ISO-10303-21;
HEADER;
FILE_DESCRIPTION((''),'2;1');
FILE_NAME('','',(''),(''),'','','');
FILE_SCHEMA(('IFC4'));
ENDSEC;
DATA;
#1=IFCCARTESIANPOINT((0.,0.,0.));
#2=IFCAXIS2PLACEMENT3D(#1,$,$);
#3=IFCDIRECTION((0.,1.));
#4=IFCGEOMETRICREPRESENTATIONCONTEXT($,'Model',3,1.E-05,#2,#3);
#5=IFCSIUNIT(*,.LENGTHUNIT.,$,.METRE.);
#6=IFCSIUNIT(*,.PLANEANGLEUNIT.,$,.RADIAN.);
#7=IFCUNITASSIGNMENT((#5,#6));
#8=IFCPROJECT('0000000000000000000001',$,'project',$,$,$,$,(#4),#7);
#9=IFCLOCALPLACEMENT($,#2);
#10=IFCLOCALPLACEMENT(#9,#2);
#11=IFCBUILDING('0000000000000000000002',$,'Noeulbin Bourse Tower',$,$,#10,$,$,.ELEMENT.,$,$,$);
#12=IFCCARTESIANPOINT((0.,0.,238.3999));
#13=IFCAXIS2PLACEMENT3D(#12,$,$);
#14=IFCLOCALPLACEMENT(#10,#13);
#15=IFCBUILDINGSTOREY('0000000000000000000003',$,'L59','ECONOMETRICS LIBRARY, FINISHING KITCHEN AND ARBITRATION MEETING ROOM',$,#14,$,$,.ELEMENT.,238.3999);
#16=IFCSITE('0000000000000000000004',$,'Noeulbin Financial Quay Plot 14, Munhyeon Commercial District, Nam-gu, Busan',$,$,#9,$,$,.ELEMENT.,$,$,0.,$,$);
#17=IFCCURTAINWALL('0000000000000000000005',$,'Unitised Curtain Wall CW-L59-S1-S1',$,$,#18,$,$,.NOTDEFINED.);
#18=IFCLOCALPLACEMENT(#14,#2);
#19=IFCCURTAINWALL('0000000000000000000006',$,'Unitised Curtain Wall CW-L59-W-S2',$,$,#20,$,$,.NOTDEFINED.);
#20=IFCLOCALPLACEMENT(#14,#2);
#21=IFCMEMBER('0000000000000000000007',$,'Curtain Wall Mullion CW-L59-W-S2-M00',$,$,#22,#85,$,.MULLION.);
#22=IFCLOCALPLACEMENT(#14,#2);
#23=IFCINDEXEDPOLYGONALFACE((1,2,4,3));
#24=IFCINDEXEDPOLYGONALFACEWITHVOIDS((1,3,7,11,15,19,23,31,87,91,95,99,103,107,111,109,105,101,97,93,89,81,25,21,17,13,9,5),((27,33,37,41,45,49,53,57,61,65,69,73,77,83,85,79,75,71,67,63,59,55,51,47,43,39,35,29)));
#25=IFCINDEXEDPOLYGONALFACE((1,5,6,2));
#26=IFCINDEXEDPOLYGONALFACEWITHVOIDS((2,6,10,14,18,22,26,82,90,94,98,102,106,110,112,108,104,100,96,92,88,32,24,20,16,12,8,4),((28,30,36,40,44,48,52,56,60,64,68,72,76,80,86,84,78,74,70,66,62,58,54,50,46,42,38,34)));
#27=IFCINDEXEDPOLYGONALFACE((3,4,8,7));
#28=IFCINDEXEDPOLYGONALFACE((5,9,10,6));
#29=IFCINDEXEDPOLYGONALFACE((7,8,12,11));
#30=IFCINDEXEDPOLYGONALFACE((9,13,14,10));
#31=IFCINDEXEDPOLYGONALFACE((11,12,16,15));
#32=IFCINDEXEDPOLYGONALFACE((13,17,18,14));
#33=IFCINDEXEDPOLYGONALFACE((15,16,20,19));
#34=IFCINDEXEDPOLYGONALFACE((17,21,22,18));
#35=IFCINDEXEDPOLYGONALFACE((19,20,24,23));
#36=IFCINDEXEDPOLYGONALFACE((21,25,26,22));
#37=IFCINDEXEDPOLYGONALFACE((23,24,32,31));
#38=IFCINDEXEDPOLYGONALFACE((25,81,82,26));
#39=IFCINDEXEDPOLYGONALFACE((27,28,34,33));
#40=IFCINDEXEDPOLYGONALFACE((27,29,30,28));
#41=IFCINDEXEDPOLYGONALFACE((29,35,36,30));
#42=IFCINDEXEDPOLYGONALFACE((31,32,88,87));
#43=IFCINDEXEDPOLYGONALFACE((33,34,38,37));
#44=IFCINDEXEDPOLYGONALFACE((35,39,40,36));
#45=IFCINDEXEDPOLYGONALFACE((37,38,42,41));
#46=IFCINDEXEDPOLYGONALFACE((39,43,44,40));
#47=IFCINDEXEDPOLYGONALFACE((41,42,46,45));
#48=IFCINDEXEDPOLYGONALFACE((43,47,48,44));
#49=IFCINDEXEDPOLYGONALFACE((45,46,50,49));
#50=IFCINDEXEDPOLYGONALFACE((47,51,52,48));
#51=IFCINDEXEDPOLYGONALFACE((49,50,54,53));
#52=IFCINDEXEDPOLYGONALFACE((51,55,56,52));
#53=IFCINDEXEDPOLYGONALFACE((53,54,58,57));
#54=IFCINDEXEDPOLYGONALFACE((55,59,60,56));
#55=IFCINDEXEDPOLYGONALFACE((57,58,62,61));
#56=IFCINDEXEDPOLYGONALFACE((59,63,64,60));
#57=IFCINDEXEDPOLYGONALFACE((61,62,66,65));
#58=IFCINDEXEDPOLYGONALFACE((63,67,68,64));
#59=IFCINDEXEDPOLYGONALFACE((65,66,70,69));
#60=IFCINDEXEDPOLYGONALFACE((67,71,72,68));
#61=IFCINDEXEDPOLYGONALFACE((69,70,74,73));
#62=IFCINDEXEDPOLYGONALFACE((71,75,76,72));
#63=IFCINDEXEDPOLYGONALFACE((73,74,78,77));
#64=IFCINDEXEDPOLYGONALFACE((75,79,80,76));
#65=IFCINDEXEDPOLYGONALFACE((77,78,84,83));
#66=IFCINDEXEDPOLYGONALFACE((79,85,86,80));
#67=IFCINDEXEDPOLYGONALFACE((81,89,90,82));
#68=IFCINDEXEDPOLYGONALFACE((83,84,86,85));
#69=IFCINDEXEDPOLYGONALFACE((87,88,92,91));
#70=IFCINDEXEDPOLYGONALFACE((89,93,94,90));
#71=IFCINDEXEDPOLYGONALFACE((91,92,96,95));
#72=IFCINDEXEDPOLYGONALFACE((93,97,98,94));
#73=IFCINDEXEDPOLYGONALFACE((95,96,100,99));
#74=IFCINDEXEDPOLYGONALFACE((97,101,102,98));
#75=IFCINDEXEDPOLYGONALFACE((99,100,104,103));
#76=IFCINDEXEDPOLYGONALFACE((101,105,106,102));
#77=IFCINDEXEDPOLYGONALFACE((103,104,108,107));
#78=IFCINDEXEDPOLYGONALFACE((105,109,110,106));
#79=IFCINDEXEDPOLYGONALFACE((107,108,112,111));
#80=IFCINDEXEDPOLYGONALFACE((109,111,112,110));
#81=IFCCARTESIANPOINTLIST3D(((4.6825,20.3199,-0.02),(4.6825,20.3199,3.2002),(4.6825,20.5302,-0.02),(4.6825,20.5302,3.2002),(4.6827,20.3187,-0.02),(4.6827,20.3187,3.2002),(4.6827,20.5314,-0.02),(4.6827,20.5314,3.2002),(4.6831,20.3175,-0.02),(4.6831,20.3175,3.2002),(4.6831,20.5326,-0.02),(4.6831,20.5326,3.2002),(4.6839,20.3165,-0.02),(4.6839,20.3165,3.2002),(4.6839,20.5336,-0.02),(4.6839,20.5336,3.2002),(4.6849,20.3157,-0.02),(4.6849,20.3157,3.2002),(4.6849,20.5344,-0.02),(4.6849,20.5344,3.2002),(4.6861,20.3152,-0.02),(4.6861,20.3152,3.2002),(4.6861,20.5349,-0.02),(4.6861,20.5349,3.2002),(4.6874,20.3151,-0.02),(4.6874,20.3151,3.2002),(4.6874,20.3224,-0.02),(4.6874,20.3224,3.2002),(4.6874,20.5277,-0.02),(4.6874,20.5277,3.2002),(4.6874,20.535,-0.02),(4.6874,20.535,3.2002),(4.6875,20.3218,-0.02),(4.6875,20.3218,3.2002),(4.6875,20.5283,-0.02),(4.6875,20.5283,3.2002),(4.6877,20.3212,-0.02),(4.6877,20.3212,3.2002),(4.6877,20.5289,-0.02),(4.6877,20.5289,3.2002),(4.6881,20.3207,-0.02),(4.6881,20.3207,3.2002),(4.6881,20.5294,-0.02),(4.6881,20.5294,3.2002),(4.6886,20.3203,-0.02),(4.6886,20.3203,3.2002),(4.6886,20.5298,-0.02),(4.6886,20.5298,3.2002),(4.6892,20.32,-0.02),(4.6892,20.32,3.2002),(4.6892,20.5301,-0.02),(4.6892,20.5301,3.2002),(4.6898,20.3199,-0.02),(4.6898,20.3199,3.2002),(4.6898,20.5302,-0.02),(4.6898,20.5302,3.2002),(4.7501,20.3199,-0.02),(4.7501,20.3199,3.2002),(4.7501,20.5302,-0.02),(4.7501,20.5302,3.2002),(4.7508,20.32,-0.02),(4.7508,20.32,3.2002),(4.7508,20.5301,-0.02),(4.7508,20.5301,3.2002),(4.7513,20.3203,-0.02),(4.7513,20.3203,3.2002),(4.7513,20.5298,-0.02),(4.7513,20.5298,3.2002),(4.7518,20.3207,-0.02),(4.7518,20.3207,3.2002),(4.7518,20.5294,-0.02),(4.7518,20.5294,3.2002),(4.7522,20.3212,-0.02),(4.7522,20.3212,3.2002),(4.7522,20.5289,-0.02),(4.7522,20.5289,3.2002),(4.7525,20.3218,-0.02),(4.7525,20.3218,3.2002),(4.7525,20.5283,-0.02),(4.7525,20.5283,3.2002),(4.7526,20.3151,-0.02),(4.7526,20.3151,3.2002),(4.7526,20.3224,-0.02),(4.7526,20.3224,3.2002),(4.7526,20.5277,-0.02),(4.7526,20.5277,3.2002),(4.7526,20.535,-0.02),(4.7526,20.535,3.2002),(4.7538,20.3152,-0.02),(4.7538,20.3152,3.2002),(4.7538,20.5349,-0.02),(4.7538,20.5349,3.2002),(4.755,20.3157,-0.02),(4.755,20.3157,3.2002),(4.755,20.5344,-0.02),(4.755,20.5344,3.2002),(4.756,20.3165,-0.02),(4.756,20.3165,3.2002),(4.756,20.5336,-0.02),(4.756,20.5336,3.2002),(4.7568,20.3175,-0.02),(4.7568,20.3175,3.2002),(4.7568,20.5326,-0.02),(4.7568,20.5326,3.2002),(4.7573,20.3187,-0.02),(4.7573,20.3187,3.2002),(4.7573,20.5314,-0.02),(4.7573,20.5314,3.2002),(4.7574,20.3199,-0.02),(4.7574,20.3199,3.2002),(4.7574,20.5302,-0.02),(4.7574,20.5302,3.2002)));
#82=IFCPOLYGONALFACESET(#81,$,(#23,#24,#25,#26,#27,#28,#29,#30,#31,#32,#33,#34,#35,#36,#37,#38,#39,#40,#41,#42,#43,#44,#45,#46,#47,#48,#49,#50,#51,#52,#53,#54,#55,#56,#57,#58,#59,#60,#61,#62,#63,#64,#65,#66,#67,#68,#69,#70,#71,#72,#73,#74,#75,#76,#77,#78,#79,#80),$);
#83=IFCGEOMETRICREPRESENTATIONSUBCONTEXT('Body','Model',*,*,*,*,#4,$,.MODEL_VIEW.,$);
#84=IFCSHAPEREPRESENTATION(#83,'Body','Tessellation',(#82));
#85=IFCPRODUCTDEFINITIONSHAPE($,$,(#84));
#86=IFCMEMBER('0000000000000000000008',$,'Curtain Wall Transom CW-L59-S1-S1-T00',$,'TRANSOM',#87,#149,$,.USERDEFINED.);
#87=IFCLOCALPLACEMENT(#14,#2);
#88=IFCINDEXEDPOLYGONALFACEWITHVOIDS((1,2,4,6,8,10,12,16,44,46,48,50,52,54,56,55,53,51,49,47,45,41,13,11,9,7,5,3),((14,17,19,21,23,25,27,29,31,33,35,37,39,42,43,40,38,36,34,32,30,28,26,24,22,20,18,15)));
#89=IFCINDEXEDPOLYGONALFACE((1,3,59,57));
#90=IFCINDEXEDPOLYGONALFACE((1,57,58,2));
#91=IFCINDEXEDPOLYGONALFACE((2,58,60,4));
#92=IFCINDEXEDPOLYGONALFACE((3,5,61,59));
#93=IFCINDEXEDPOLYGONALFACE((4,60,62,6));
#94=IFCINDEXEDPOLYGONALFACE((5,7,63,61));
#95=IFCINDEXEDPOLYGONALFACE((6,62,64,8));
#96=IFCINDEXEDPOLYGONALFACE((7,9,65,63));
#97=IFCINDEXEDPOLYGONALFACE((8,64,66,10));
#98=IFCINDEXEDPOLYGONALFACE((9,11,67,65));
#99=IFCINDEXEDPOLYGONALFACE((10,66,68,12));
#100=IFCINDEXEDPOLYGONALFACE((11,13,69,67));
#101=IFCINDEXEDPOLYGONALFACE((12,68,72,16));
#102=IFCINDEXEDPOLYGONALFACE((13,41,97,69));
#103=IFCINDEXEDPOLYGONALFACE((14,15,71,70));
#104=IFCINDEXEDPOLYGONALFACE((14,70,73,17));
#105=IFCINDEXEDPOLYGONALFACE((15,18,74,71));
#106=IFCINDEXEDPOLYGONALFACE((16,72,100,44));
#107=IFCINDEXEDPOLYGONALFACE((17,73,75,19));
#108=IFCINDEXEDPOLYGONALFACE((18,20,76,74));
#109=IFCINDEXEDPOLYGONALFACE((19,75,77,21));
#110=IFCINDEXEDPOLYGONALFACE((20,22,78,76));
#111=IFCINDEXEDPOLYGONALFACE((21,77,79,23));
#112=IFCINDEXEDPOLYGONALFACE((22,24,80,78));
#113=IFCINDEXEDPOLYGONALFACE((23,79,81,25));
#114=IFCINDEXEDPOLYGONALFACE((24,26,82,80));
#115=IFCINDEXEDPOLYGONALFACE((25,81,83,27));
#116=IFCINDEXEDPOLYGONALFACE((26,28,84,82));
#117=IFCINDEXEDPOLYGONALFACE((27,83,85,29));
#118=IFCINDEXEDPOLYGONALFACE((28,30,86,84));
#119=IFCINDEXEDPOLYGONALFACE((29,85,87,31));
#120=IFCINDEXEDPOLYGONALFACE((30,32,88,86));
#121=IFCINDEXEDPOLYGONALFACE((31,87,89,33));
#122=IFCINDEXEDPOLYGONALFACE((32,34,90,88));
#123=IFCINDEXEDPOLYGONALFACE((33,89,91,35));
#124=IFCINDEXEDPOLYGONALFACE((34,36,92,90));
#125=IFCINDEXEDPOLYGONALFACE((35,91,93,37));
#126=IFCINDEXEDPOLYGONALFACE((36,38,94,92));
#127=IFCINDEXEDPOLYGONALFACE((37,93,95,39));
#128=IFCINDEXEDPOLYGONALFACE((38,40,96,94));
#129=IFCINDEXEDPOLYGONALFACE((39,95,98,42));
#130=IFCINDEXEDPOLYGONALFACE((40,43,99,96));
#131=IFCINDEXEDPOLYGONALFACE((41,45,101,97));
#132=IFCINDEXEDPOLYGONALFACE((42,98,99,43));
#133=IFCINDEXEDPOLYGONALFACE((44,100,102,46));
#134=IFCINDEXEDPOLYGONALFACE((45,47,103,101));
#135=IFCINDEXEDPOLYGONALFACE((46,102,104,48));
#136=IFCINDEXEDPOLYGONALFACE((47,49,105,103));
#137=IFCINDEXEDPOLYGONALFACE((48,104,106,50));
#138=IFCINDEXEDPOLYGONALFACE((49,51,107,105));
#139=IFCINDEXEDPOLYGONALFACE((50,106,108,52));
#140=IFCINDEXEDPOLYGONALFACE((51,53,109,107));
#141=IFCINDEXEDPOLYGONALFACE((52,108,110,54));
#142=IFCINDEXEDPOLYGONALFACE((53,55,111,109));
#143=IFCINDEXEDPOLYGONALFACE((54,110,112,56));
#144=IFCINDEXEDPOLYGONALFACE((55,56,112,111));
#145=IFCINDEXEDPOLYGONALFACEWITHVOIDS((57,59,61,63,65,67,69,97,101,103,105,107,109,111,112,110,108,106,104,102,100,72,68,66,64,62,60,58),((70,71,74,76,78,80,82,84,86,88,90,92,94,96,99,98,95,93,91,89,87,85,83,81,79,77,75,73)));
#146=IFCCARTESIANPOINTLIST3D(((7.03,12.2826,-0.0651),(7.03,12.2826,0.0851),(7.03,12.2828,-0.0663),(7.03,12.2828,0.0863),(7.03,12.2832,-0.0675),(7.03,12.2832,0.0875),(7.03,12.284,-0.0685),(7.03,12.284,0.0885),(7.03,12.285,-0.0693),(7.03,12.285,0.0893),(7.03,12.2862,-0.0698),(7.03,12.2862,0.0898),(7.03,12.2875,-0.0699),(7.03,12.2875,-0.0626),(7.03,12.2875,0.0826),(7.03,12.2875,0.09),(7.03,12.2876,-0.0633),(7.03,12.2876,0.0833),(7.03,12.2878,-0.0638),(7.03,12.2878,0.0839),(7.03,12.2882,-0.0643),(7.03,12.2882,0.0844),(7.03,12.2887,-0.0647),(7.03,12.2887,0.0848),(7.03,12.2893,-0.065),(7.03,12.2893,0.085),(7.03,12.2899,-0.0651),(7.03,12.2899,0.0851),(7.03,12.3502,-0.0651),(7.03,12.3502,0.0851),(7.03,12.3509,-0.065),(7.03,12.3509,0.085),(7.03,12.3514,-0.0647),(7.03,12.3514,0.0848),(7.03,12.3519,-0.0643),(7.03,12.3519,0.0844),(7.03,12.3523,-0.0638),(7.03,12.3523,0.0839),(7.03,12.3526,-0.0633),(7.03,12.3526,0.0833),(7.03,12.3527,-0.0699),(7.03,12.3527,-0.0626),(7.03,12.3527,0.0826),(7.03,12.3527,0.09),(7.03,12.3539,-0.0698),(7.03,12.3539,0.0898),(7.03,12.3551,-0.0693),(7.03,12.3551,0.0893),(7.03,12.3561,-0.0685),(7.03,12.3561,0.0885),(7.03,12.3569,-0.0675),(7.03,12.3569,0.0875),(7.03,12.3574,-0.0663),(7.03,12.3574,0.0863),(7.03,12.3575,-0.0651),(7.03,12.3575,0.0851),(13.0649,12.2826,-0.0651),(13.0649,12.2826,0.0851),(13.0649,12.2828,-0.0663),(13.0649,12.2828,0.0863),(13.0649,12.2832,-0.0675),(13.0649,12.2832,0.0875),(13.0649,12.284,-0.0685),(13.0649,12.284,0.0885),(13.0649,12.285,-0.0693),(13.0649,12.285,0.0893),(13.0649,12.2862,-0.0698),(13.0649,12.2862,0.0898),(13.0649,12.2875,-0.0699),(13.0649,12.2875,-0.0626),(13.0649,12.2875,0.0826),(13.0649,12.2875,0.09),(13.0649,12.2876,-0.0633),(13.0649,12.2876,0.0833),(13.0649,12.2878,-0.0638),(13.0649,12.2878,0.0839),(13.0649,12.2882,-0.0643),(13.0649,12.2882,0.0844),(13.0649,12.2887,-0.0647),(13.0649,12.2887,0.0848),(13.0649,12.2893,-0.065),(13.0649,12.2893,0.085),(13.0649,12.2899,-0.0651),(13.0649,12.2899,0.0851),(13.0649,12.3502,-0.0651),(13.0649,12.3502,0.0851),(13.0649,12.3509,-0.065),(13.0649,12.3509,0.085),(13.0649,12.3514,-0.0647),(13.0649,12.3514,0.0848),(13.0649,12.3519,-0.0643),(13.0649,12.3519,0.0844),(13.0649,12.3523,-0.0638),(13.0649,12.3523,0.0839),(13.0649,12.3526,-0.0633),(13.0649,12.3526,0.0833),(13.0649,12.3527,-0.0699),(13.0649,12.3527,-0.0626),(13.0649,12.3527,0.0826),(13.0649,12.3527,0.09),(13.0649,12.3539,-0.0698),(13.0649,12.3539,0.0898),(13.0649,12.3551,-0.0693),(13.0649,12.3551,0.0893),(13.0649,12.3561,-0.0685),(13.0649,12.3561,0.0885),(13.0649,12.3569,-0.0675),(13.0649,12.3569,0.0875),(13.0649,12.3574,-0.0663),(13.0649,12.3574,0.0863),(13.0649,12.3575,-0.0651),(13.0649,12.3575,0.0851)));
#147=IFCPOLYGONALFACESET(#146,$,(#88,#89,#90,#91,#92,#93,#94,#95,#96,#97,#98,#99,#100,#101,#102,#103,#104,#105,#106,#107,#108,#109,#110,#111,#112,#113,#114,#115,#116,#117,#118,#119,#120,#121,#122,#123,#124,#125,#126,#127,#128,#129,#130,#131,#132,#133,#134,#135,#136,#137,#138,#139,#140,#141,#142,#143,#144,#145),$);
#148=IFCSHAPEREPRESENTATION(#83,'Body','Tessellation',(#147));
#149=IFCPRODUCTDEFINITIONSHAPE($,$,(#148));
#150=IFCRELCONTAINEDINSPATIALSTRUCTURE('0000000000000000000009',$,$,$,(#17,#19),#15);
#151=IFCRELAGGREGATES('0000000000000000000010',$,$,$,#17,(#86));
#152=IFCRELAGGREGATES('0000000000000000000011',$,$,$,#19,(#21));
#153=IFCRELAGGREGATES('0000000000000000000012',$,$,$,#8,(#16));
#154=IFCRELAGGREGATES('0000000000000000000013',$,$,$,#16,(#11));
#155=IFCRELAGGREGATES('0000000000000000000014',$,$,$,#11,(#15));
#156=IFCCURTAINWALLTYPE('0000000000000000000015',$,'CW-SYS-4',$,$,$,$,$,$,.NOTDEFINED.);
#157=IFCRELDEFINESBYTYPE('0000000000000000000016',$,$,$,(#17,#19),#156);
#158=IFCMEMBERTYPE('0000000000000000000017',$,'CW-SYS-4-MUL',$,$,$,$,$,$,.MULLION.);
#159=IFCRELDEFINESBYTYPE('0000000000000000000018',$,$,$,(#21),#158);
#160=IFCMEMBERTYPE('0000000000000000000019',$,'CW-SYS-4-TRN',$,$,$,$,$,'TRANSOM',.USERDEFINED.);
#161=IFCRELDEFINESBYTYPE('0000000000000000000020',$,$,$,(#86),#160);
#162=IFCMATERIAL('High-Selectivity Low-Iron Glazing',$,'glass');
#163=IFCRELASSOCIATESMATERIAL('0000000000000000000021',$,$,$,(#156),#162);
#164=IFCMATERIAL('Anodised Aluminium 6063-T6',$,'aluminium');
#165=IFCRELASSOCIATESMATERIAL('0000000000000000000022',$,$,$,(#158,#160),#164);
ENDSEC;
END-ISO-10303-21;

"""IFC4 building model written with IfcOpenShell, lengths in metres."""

from ifc_helpers import new_model, si_unit, direction, frame, origin, origin_2d, place, context, subcontext, project, spatial, hollow_rectangle, extrude, material, material_profile, profile_set, type_object, element, aggregate, save


model = new_model("IFC4")

# Units and contexts
model_context = context("Model", 3, precision=1e-05, world=origin(), true_north=direction((0.0, 1.0)))
body_context = subcontext(model_context, "Body", "Model", "MODEL_VIEW")
ifc_project = project(units=[si_unit("LENGTHUNIT", "METRE"), si_unit("PLANEANGLEUNIT", "RADIAN")], contexts=[model_context])

# Site, building, storey
site_placement = place(None, origin())
site = spatial("IfcSite", under=ifc_project, at=site_placement, Name="Noeulbin Financial Quay Plot 14, Munhyeon Commercial District, Nam-gu, Busan", CompositionType="ELEMENT", RefElevation=0.0)
building_placement = place(site_placement, origin())
building = spatial("IfcBuilding", under=site, at=building_placement, Name="Noeulbin Bourse Tower", CompositionType="ELEMENT")
storey_placement = place(building_placement, frame((0.0, 0.0, 238.3999)))
storey = spatial("IfcBuildingStorey", under=building, at=storey_placement, Name="L59", Description="ECONOMETRICS LIBRARY, FINISHING KITCHEN AND ARBITRATION MEETING ROOM", CompositionType="ELEMENT", Elevation=238.3999)

# Curtain wall
ifc_material_1 = material(Name="High-Selectivity Low-Iron Glazing", Category="glass")
curtain_wall_type = type_object("IfcCurtainWallType", Name="CW-SYS-4", PredefinedType="NOTDEFINED", material=ifc_material_1)
curtain_wall_1_placement = place(storey_placement, origin())
curtain_wall_1 = element("IfcCurtainWall", 1, at=curtain_wall_1_placement, inside=storey, type_object=curtain_wall_type, Name="Unitised Curtain Wall CW-L59-S1-S1", PredefinedType="NOTDEFINED")
ifc_material_2 = material(Name="Anodised Aluminium 6063-T6", Category="aluminium")
ifc_material_profile_1 = material_profile(ifc_material_2, hollow_rectangle(XDim=0.075, YDim=0.22, WallThickness=0.0049, InnerFilletRadius=0.0024, OuterFilletRadius=0.0049, at=origin_2d()), Name="ALU-MULL-75x220x5", Category="LoadBearing")
ifc_profile_set_1 = profile_set([ifc_material_profile_1], Name="Anodised Aluminium 6063-T6")
member_type_1 = type_object("IfcMemberType", Name="CW-SYS-4-MUL", PredefinedType="MULLION", material=ifc_profile_set_1)

# Curtain wall, member
curtain_wall_2_placement = place(storey_placement, origin())
curtain_wall_2 = element("IfcCurtainWall", 2, at=curtain_wall_2_placement, inside=storey, type_object=curtain_wall_type, Name="Unitised Curtain Wall CW-L59-W-S2", PredefinedType="NOTDEFINED")
member_1_placement = place(storey_placement, frame((4.72, 20.425, -0.02), z_axis=(0.0, 0.0, 1.0), x_axis=(1.0, 0.0, 0.0)))
member_1 = element("IfcMember", 3, at=member_1_placement, type_object=member_type_1, Name="Curtain Wall Mullion CW-L59-W-S2-M00", PredefinedType="MULLION", context=body_context, shape_type="SweptSolid", body=[
    extrude(hollow_rectangle(XDim=0.075, YDim=0.22, WallThickness=0.0049, InnerFilletRadius=0.0024, OuterFilletRadius=0.0049, at=origin_2d()), origin(), (0.0, 0.0, 1.0), 3.2202),
])

# Member
ifc_material_profile_2 = material_profile(ifc_material_2, hollow_rectangle(XDim=0.075, YDim=0.1599, WallThickness=0.0049, InnerFilletRadius=0.0024, OuterFilletRadius=0.0049, at=origin_2d()), Name="ALU-TRAN-75x160x5", Category="LoadBearing")
ifc_profile_set_2 = profile_set([ifc_material_profile_2], Name="Anodised Aluminium 6063-T6")
member_type_2 = type_object("IfcMemberType", Name="CW-SYS-4-TRN", ElementType="TRANSOM", PredefinedType="USERDEFINED", material=ifc_profile_set_2)
member_2_placement = place(storey_placement, frame((7.03, 12.3201, 0.01), z_axis=(1.0, 0.0, 0.0), x_axis=(0.0, 1.0, 0.0)))
member_2 = element("IfcMember", 4, at=member_2_placement, type_object=member_type_2, Name="Curtain Wall Transom CW-L59-S1-S1-T00", ObjectType="TRANSOM", PredefinedType="USERDEFINED", context=body_context, shape_type="SweptSolid", body=[
    extrude(hollow_rectangle(XDim=0.075, YDim=0.1599, WallThickness=0.0049, InnerFilletRadius=0.0024, OuterFilletRadius=0.0049, at=origin_2d()), origin(), (0.0, 0.0, 1.0), 6.0349),
])

aggregate(curtain_wall_1, [member_2])
aggregate(curtain_wall_2, [member_1])

save(model, "model.ifc")
